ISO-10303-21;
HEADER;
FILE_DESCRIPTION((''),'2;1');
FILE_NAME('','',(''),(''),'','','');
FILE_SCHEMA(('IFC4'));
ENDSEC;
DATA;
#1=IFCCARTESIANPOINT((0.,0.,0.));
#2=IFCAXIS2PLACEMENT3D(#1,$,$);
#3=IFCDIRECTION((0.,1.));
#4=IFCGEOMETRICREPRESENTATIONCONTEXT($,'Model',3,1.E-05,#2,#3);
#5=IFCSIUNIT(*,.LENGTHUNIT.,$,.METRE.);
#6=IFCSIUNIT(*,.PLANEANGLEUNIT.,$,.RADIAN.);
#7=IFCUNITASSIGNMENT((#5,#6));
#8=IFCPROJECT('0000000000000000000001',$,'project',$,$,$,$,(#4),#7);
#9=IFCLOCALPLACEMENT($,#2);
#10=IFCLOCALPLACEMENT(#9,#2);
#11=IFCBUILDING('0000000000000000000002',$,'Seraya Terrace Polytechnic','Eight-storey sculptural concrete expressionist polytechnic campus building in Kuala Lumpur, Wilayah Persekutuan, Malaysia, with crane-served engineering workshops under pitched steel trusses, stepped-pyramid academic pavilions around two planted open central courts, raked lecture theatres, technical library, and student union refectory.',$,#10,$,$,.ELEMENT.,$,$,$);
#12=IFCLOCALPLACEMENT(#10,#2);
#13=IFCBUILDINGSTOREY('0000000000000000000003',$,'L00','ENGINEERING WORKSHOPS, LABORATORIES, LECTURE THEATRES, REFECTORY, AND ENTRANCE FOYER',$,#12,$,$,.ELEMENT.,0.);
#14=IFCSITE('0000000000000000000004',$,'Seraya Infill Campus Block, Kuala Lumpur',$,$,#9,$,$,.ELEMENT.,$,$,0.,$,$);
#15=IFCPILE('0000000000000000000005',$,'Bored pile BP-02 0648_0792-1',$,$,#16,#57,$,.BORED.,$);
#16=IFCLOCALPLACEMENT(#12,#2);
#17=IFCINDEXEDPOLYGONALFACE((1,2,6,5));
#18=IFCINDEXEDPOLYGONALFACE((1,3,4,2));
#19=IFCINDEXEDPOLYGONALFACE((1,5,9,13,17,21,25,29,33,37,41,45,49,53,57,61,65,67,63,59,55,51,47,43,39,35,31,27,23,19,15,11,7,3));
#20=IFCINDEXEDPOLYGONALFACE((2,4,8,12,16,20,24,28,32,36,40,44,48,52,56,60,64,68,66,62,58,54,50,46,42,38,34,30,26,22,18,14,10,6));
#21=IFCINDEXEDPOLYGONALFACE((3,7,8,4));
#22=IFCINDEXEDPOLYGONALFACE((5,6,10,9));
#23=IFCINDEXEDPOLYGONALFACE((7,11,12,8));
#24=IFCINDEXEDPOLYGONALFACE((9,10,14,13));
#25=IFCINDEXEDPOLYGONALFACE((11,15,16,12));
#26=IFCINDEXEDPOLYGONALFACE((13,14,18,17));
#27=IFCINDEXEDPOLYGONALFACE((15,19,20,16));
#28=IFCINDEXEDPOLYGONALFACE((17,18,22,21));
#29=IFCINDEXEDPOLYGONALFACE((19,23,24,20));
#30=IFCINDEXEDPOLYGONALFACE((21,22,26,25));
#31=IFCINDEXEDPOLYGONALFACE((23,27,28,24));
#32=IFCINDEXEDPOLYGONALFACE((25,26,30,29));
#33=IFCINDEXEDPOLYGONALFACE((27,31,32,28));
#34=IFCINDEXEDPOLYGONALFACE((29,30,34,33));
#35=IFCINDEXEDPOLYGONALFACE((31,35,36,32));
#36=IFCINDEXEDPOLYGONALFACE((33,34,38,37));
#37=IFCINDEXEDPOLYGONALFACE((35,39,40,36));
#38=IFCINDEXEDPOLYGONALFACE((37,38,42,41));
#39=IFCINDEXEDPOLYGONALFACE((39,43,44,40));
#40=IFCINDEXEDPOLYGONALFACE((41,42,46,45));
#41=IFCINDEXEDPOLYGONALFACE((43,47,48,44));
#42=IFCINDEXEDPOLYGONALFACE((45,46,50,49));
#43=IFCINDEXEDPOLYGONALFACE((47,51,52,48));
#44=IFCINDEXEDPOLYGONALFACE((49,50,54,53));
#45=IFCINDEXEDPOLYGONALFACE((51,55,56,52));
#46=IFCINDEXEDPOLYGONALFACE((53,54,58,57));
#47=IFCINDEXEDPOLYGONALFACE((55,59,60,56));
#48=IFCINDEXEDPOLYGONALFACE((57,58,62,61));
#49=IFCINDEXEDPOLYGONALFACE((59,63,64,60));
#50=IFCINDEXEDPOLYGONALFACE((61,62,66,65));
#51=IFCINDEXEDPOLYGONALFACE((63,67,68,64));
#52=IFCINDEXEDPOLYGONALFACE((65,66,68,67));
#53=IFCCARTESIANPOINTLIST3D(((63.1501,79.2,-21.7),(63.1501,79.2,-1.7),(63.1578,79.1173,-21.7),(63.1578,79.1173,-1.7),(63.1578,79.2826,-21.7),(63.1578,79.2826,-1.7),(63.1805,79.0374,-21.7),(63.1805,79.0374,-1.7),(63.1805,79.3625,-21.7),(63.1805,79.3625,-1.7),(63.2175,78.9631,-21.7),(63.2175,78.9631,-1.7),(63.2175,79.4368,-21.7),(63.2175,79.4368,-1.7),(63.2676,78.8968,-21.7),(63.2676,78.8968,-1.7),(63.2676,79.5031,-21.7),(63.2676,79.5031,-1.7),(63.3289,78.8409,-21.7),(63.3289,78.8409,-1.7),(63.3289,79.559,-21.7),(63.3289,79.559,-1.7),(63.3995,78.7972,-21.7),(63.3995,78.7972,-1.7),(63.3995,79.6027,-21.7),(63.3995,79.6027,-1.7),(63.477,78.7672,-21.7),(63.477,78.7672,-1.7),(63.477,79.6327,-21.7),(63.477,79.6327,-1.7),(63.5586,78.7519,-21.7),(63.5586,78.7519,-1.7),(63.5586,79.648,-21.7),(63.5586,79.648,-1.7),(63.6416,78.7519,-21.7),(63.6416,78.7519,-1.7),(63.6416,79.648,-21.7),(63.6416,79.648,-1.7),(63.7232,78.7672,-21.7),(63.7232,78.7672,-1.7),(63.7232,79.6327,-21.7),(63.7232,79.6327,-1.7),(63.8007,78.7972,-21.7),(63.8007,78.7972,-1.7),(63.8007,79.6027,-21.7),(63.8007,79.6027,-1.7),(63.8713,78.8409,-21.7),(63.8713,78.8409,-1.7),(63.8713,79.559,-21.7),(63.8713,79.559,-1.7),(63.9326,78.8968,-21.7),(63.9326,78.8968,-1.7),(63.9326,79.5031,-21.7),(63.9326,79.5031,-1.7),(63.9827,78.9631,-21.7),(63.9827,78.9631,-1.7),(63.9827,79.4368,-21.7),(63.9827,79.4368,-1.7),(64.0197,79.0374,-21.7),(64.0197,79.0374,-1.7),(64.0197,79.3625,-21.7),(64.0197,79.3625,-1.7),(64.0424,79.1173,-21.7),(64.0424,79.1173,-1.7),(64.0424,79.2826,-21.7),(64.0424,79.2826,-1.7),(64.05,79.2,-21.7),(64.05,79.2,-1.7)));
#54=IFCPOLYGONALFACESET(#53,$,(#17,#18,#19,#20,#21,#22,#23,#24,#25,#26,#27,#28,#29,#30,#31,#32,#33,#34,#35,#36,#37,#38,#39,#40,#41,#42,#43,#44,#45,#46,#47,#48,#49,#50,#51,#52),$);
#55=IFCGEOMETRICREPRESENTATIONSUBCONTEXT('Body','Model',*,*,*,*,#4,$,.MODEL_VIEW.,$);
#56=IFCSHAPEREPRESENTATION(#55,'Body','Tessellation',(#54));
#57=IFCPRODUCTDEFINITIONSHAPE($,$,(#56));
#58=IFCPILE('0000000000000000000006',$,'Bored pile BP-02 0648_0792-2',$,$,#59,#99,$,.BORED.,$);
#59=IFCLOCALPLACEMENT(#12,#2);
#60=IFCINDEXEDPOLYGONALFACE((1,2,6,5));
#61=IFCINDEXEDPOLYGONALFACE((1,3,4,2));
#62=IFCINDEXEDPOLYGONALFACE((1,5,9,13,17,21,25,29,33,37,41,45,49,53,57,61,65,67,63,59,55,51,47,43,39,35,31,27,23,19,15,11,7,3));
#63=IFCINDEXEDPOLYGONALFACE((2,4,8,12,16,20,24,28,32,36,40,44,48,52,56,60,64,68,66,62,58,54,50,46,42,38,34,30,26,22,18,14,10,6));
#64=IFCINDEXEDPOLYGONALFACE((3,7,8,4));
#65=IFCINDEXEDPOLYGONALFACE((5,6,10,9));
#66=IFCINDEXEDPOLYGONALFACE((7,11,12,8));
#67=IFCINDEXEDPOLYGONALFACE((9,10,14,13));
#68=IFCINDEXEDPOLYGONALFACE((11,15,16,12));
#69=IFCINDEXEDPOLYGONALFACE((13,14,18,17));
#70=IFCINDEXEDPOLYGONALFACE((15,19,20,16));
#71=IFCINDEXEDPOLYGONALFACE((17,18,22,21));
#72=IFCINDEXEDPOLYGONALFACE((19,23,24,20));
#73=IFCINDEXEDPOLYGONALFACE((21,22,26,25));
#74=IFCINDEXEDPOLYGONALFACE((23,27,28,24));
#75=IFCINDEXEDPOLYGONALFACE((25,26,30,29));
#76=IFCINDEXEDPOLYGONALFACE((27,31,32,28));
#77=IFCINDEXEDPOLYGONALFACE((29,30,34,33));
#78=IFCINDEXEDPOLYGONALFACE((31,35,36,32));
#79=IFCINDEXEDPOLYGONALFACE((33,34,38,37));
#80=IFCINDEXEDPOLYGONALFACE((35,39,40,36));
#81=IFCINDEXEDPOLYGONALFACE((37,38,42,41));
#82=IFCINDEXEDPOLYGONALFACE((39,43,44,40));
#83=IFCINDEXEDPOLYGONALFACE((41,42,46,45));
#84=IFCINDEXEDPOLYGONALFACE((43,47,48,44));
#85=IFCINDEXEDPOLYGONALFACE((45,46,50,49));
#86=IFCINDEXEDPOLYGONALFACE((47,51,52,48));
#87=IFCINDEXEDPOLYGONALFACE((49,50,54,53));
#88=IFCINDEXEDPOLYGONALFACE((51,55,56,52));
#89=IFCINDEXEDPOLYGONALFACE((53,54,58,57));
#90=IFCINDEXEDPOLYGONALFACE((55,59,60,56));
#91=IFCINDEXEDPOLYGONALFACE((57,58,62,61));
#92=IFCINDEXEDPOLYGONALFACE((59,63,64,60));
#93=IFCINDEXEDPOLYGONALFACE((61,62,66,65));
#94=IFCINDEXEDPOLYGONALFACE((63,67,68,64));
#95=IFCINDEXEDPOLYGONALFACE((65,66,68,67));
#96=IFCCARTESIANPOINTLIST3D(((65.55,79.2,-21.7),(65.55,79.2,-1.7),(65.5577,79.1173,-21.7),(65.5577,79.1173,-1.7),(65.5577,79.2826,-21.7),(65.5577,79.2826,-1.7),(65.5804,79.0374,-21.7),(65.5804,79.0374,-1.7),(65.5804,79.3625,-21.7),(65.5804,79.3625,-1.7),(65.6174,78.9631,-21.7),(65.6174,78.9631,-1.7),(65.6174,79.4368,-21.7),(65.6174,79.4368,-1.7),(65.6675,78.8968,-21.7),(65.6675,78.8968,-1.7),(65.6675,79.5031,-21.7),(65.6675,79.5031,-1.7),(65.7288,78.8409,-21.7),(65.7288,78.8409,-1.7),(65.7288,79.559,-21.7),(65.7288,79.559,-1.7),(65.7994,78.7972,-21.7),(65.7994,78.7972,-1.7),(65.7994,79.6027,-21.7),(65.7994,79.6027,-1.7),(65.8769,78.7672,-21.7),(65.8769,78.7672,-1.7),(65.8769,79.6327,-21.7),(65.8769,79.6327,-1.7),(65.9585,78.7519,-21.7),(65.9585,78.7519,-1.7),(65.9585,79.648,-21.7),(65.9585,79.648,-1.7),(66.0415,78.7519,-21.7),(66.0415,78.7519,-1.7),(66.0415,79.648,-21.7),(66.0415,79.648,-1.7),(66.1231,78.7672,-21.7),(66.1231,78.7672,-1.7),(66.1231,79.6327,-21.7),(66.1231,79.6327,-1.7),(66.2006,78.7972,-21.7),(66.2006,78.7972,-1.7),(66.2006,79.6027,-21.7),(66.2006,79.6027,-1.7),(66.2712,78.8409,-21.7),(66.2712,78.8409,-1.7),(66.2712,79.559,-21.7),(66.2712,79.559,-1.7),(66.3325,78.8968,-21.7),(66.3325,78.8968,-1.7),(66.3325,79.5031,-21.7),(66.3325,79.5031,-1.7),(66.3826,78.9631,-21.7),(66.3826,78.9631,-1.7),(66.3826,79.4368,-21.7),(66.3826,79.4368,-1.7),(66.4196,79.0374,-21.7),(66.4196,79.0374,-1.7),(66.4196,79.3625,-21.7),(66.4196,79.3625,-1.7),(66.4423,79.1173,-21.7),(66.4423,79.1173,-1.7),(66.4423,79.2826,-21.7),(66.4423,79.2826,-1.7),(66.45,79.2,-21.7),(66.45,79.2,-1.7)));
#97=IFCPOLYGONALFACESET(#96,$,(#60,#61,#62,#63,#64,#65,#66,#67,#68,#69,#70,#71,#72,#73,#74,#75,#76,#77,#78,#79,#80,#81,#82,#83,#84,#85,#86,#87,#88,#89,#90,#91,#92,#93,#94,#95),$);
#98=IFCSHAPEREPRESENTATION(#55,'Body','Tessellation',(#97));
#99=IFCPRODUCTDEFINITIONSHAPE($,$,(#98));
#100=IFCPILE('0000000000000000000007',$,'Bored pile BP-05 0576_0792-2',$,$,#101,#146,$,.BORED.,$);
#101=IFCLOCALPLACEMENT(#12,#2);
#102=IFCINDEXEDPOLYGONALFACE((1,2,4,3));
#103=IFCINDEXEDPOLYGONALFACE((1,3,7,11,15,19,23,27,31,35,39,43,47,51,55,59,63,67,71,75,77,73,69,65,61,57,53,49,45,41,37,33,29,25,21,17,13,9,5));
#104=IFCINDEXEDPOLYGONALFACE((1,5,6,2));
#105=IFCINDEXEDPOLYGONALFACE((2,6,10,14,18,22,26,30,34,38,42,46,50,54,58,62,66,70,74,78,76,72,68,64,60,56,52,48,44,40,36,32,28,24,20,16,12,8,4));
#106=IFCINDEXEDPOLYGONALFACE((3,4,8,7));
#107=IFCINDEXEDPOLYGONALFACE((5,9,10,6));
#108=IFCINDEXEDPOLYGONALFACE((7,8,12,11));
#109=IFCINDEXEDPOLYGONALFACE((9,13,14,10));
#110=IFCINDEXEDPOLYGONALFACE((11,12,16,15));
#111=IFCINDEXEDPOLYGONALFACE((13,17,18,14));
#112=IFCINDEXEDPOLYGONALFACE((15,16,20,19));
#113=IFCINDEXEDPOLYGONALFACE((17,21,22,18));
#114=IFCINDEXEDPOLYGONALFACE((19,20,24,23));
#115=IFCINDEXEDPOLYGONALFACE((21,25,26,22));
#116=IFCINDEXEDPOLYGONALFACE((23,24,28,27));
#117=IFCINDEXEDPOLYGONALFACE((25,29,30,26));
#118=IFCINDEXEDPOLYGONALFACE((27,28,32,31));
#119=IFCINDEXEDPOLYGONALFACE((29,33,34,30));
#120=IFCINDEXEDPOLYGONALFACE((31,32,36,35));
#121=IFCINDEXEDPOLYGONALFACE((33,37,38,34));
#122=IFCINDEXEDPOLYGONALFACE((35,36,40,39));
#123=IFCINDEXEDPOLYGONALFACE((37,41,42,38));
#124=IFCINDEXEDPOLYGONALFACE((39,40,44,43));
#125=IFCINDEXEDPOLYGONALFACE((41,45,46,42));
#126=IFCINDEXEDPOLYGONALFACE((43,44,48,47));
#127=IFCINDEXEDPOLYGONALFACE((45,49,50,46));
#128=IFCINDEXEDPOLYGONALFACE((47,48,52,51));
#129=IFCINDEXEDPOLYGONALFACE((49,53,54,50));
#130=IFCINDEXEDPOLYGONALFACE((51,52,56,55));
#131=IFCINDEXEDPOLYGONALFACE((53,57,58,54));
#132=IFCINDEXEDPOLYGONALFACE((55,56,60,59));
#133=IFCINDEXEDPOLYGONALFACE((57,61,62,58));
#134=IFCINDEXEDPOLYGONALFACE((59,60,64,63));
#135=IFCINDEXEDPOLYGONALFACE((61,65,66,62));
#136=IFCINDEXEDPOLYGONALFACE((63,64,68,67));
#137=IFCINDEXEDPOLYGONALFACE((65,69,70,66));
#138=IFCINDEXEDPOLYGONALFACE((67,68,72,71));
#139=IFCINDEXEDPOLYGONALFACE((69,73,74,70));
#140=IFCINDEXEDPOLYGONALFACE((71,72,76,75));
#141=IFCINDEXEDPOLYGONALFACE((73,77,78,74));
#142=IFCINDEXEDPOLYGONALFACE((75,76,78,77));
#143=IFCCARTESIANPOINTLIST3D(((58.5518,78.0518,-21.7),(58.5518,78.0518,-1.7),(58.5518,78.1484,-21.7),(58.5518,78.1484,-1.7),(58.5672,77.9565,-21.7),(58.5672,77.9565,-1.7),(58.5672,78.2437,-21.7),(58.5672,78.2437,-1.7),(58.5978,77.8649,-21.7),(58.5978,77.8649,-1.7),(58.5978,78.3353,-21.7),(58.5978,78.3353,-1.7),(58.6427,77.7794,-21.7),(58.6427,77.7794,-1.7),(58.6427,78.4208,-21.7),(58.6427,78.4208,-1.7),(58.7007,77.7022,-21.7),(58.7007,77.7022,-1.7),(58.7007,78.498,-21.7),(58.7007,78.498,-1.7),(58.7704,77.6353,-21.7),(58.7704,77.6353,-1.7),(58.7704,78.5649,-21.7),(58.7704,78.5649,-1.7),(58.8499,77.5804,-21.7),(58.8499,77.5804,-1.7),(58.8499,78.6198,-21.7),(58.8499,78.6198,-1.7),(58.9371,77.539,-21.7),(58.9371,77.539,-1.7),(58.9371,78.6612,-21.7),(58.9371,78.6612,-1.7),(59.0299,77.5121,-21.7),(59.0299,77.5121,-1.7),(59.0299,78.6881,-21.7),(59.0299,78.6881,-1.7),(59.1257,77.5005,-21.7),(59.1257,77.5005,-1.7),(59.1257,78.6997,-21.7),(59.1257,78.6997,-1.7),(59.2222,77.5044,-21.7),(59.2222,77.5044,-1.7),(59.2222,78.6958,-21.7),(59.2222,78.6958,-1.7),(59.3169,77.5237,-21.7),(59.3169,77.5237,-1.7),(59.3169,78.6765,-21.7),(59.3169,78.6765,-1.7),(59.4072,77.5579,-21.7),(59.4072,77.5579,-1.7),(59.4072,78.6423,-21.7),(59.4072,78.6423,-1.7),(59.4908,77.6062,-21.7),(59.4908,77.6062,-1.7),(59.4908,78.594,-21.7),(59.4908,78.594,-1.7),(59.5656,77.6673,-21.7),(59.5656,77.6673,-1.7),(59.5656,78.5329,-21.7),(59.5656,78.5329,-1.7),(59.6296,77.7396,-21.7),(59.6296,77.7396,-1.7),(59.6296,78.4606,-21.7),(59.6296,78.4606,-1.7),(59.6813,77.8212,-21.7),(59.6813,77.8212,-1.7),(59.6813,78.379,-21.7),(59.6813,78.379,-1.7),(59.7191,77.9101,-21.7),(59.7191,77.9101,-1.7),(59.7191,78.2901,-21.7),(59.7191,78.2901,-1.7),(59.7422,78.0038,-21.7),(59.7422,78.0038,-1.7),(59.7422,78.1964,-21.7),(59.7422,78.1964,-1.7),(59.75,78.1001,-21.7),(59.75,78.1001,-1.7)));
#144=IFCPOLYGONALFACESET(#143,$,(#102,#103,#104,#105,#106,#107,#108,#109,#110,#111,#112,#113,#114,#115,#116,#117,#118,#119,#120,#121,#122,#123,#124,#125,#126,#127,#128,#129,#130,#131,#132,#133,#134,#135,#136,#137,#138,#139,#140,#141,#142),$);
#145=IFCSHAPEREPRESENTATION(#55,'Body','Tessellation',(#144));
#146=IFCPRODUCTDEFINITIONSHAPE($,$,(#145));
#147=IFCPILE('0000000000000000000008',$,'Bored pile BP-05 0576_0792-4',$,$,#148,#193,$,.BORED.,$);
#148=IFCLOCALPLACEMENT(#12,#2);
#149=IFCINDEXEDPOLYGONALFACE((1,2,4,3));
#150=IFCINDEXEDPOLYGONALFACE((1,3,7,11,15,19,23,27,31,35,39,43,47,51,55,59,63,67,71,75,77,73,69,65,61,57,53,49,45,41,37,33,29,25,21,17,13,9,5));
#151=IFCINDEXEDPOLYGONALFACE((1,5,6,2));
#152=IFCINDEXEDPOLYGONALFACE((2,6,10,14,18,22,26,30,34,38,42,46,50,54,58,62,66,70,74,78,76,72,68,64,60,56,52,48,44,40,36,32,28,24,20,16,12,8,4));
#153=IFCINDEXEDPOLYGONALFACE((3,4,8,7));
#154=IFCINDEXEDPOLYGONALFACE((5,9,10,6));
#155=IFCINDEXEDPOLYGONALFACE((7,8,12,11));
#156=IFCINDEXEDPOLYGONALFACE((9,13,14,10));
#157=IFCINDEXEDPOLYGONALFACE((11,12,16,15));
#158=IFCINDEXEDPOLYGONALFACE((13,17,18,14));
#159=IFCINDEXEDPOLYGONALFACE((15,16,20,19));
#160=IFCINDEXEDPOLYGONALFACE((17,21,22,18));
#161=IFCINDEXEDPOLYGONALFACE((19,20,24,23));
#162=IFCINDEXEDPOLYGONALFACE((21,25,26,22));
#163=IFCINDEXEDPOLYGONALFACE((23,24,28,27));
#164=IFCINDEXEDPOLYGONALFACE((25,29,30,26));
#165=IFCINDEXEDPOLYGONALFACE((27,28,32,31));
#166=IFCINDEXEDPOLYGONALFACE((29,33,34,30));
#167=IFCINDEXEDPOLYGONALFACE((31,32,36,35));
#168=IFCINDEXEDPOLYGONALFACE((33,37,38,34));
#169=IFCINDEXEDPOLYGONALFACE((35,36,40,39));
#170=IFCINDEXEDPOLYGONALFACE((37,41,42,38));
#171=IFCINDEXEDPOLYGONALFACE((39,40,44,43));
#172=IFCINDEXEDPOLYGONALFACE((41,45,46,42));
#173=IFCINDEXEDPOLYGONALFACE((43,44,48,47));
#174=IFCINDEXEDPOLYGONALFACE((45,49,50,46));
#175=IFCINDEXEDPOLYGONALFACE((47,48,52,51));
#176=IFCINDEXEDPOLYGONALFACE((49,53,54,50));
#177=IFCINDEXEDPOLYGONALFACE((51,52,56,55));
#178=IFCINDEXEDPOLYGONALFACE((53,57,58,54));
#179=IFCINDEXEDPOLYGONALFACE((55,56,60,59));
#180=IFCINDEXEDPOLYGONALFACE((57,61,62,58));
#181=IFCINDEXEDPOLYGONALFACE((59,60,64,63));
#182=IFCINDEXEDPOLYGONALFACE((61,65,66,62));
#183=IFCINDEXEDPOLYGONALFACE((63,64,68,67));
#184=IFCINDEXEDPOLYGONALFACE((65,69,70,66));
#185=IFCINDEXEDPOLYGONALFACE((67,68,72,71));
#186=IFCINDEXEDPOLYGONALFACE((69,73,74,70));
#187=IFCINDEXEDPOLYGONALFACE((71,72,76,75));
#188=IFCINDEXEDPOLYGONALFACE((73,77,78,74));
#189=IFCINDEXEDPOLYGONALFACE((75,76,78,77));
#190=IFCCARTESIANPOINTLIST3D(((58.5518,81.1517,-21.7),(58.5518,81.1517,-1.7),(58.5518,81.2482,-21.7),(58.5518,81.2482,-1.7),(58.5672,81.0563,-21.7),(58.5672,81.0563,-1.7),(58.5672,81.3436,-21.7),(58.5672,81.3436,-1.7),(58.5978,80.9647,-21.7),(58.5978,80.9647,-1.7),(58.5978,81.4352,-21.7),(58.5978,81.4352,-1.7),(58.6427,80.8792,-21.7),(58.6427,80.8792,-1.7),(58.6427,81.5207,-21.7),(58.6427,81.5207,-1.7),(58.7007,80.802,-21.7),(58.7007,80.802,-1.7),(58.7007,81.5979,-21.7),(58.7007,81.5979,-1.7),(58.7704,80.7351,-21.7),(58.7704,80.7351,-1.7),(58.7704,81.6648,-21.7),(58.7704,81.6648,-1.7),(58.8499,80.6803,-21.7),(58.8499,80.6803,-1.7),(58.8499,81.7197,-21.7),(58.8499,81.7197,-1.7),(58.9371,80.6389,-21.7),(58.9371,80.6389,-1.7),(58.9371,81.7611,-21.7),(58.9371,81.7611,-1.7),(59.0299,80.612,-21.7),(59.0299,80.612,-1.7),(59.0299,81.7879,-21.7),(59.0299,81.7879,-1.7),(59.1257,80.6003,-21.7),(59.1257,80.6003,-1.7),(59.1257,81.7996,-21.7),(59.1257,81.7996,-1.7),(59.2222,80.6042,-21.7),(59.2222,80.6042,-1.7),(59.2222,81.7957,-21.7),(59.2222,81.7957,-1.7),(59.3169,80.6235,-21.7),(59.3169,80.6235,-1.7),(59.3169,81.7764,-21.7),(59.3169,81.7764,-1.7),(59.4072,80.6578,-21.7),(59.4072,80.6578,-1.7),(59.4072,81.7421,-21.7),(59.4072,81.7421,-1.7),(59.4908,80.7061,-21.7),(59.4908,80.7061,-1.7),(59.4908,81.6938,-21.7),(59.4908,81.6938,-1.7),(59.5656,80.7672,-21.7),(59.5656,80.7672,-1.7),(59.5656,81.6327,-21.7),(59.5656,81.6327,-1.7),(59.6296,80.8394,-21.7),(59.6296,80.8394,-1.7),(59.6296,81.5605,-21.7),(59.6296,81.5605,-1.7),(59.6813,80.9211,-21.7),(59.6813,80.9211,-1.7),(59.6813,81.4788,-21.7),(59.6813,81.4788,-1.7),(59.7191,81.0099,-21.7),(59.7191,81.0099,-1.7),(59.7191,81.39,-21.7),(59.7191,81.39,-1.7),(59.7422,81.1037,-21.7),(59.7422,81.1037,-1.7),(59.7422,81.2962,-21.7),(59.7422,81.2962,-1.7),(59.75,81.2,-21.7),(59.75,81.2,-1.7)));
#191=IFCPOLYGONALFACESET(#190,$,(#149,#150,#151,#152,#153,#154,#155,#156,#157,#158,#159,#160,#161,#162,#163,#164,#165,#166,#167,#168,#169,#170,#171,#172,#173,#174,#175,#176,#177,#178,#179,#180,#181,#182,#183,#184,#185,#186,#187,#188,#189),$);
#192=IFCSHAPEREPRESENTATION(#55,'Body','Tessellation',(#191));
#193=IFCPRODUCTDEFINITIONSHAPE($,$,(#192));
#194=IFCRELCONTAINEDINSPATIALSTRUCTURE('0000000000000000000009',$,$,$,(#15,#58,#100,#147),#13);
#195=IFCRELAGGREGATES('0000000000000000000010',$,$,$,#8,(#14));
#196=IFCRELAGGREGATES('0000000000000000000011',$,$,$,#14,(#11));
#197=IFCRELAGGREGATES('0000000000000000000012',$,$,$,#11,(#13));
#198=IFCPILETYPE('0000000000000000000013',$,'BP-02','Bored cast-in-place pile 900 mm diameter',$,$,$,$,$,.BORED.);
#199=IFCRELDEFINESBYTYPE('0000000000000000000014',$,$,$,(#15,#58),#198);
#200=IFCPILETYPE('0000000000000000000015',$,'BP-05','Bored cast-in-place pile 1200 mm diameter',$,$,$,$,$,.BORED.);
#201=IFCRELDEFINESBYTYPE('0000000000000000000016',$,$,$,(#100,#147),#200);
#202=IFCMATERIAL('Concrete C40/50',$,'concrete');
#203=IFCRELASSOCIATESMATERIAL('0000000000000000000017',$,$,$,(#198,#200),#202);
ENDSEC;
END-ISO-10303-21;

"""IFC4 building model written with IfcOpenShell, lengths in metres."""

from ifc_helpers import new_model, si_unit, direction, frame, origin, origin_2d, place, context, subcontext, project, spatial, circle, extrude, material, material_profile, profile_set, type_object, element, save


model = new_model("IFC4")

# Units and contexts
model_context = context("Model", 3, precision=1e-05, world=origin(), true_north=direction((0.0, 1.0)))
body_context = subcontext(model_context, "Body", "Model", "MODEL_VIEW")
ifc_project = project(units=[si_unit("LENGTHUNIT", "METRE"), si_unit("PLANEANGLEUNIT", "RADIAN")], contexts=[model_context])

# Site, building, storey
site_placement = place(None, origin())
site = spatial("IfcSite", under=ifc_project, at=site_placement, Name="Seraya Infill Campus Block, Kuala Lumpur", CompositionType="ELEMENT", RefElevation=0.0)
building_placement = place(site_placement, origin())
building = spatial("IfcBuilding", under=site, at=building_placement, Name="Seraya Terrace Polytechnic", Description="Eight-storey sculptural concrete expressionist polytechnic campus building in Kuala Lumpur, Wilayah Persekutuan, Malaysia, with crane-served engineering workshops under pitched steel trusses, stepped-pyramid academic pavilions around two planted open central courts, raked lecture theatres, technical library, and student union refectory.", CompositionType="ELEMENT")
storey_placement = place(building_placement, origin())
storey = spatial("IfcBuildingStorey", under=building, at=storey_placement, Name="L00", Description="ENGINEERING WORKSHOPS, LABORATORIES, LECTURE THEATRES, REFECTORY, AND ENTRANCE FOYER", CompositionType="ELEMENT", Elevation=0.0)

# Piles
ifc_material_1 = material(Name="Concrete C40/50", Category="concrete")
ifc_material_profile_1 = material_profile(ifc_material_1, circle(Radius=0.45, at=origin_2d()), Name="DIA 900")
ifc_profile_set_1 = profile_set([ifc_material_profile_1], Name="Concrete C40/50")
pile_type_1 = type_object("IfcPileType", Name="BP-02", Description="Bored cast-in-place pile 900 mm diameter", PredefinedType="BORED", material=ifc_profile_set_1)
for number, where, z_axis, x_axis, name in (
    (1, (63.6001, 79.2, -1.7), (0.0, 0.0, -1.0), (1.0, 0.0, 0.0), "Bored pile BP-02 0648_0792-1"),
    (2, (66.0, 79.2, -1.7), (0.0, 0.0, -1.0), (1.0, 0.0, 0.0), "Bored pile BP-02 0648_0792-2"),
):
    element("IfcPile", number, at=place(storey_placement, frame(where, z_axis=z_axis, x_axis=x_axis)), inside=storey, type_object=pile_type_1, Name=name, PredefinedType="BORED", context=body_context, shape_type="SweptSolid", body=[
        extrude(circle(Radius=0.45, at=origin_2d()), origin(), (0.0, 0.0, 1.0), 20.0),
    ])
ifc_material_profile_2 = material_profile(ifc_material_1, circle(Radius=0.6001, at=origin_2d()), Name="DIA 1200")
ifc_profile_set_2 = profile_set([ifc_material_profile_2], Name="Concrete C40/50")
pile_type_2 = type_object("IfcPileType", Name="BP-05", Description="Bored cast-in-place pile 1200 mm diameter", PredefinedType="BORED", material=ifc_profile_set_2)
for number, where, z_axis, x_axis, name in (
    (3, (59.1499, 78.1001, -1.7), (0.0, 0.0, -1.0), (1.0, 0.0, 0.0), "Bored pile BP-05 0576_0792-2"),
    (4, (59.1499, 81.2, -1.7), (0.0, 0.0, -1.0), (1.0, 0.0, 0.0), "Bored pile BP-05 0576_0792-4"),
):
    element("IfcPile", number, at=place(storey_placement, frame(where, z_axis=z_axis, x_axis=x_axis)), inside=storey, type_object=pile_type_2, Name=name, PredefinedType="BORED", context=body_context, shape_type="SweptSolid", body=[
        extrude(circle(Radius=0.6001, at=origin_2d()), origin(), (0.0, 0.0, 1.0), 20.0),
    ])

save(model, "model.ifc")
